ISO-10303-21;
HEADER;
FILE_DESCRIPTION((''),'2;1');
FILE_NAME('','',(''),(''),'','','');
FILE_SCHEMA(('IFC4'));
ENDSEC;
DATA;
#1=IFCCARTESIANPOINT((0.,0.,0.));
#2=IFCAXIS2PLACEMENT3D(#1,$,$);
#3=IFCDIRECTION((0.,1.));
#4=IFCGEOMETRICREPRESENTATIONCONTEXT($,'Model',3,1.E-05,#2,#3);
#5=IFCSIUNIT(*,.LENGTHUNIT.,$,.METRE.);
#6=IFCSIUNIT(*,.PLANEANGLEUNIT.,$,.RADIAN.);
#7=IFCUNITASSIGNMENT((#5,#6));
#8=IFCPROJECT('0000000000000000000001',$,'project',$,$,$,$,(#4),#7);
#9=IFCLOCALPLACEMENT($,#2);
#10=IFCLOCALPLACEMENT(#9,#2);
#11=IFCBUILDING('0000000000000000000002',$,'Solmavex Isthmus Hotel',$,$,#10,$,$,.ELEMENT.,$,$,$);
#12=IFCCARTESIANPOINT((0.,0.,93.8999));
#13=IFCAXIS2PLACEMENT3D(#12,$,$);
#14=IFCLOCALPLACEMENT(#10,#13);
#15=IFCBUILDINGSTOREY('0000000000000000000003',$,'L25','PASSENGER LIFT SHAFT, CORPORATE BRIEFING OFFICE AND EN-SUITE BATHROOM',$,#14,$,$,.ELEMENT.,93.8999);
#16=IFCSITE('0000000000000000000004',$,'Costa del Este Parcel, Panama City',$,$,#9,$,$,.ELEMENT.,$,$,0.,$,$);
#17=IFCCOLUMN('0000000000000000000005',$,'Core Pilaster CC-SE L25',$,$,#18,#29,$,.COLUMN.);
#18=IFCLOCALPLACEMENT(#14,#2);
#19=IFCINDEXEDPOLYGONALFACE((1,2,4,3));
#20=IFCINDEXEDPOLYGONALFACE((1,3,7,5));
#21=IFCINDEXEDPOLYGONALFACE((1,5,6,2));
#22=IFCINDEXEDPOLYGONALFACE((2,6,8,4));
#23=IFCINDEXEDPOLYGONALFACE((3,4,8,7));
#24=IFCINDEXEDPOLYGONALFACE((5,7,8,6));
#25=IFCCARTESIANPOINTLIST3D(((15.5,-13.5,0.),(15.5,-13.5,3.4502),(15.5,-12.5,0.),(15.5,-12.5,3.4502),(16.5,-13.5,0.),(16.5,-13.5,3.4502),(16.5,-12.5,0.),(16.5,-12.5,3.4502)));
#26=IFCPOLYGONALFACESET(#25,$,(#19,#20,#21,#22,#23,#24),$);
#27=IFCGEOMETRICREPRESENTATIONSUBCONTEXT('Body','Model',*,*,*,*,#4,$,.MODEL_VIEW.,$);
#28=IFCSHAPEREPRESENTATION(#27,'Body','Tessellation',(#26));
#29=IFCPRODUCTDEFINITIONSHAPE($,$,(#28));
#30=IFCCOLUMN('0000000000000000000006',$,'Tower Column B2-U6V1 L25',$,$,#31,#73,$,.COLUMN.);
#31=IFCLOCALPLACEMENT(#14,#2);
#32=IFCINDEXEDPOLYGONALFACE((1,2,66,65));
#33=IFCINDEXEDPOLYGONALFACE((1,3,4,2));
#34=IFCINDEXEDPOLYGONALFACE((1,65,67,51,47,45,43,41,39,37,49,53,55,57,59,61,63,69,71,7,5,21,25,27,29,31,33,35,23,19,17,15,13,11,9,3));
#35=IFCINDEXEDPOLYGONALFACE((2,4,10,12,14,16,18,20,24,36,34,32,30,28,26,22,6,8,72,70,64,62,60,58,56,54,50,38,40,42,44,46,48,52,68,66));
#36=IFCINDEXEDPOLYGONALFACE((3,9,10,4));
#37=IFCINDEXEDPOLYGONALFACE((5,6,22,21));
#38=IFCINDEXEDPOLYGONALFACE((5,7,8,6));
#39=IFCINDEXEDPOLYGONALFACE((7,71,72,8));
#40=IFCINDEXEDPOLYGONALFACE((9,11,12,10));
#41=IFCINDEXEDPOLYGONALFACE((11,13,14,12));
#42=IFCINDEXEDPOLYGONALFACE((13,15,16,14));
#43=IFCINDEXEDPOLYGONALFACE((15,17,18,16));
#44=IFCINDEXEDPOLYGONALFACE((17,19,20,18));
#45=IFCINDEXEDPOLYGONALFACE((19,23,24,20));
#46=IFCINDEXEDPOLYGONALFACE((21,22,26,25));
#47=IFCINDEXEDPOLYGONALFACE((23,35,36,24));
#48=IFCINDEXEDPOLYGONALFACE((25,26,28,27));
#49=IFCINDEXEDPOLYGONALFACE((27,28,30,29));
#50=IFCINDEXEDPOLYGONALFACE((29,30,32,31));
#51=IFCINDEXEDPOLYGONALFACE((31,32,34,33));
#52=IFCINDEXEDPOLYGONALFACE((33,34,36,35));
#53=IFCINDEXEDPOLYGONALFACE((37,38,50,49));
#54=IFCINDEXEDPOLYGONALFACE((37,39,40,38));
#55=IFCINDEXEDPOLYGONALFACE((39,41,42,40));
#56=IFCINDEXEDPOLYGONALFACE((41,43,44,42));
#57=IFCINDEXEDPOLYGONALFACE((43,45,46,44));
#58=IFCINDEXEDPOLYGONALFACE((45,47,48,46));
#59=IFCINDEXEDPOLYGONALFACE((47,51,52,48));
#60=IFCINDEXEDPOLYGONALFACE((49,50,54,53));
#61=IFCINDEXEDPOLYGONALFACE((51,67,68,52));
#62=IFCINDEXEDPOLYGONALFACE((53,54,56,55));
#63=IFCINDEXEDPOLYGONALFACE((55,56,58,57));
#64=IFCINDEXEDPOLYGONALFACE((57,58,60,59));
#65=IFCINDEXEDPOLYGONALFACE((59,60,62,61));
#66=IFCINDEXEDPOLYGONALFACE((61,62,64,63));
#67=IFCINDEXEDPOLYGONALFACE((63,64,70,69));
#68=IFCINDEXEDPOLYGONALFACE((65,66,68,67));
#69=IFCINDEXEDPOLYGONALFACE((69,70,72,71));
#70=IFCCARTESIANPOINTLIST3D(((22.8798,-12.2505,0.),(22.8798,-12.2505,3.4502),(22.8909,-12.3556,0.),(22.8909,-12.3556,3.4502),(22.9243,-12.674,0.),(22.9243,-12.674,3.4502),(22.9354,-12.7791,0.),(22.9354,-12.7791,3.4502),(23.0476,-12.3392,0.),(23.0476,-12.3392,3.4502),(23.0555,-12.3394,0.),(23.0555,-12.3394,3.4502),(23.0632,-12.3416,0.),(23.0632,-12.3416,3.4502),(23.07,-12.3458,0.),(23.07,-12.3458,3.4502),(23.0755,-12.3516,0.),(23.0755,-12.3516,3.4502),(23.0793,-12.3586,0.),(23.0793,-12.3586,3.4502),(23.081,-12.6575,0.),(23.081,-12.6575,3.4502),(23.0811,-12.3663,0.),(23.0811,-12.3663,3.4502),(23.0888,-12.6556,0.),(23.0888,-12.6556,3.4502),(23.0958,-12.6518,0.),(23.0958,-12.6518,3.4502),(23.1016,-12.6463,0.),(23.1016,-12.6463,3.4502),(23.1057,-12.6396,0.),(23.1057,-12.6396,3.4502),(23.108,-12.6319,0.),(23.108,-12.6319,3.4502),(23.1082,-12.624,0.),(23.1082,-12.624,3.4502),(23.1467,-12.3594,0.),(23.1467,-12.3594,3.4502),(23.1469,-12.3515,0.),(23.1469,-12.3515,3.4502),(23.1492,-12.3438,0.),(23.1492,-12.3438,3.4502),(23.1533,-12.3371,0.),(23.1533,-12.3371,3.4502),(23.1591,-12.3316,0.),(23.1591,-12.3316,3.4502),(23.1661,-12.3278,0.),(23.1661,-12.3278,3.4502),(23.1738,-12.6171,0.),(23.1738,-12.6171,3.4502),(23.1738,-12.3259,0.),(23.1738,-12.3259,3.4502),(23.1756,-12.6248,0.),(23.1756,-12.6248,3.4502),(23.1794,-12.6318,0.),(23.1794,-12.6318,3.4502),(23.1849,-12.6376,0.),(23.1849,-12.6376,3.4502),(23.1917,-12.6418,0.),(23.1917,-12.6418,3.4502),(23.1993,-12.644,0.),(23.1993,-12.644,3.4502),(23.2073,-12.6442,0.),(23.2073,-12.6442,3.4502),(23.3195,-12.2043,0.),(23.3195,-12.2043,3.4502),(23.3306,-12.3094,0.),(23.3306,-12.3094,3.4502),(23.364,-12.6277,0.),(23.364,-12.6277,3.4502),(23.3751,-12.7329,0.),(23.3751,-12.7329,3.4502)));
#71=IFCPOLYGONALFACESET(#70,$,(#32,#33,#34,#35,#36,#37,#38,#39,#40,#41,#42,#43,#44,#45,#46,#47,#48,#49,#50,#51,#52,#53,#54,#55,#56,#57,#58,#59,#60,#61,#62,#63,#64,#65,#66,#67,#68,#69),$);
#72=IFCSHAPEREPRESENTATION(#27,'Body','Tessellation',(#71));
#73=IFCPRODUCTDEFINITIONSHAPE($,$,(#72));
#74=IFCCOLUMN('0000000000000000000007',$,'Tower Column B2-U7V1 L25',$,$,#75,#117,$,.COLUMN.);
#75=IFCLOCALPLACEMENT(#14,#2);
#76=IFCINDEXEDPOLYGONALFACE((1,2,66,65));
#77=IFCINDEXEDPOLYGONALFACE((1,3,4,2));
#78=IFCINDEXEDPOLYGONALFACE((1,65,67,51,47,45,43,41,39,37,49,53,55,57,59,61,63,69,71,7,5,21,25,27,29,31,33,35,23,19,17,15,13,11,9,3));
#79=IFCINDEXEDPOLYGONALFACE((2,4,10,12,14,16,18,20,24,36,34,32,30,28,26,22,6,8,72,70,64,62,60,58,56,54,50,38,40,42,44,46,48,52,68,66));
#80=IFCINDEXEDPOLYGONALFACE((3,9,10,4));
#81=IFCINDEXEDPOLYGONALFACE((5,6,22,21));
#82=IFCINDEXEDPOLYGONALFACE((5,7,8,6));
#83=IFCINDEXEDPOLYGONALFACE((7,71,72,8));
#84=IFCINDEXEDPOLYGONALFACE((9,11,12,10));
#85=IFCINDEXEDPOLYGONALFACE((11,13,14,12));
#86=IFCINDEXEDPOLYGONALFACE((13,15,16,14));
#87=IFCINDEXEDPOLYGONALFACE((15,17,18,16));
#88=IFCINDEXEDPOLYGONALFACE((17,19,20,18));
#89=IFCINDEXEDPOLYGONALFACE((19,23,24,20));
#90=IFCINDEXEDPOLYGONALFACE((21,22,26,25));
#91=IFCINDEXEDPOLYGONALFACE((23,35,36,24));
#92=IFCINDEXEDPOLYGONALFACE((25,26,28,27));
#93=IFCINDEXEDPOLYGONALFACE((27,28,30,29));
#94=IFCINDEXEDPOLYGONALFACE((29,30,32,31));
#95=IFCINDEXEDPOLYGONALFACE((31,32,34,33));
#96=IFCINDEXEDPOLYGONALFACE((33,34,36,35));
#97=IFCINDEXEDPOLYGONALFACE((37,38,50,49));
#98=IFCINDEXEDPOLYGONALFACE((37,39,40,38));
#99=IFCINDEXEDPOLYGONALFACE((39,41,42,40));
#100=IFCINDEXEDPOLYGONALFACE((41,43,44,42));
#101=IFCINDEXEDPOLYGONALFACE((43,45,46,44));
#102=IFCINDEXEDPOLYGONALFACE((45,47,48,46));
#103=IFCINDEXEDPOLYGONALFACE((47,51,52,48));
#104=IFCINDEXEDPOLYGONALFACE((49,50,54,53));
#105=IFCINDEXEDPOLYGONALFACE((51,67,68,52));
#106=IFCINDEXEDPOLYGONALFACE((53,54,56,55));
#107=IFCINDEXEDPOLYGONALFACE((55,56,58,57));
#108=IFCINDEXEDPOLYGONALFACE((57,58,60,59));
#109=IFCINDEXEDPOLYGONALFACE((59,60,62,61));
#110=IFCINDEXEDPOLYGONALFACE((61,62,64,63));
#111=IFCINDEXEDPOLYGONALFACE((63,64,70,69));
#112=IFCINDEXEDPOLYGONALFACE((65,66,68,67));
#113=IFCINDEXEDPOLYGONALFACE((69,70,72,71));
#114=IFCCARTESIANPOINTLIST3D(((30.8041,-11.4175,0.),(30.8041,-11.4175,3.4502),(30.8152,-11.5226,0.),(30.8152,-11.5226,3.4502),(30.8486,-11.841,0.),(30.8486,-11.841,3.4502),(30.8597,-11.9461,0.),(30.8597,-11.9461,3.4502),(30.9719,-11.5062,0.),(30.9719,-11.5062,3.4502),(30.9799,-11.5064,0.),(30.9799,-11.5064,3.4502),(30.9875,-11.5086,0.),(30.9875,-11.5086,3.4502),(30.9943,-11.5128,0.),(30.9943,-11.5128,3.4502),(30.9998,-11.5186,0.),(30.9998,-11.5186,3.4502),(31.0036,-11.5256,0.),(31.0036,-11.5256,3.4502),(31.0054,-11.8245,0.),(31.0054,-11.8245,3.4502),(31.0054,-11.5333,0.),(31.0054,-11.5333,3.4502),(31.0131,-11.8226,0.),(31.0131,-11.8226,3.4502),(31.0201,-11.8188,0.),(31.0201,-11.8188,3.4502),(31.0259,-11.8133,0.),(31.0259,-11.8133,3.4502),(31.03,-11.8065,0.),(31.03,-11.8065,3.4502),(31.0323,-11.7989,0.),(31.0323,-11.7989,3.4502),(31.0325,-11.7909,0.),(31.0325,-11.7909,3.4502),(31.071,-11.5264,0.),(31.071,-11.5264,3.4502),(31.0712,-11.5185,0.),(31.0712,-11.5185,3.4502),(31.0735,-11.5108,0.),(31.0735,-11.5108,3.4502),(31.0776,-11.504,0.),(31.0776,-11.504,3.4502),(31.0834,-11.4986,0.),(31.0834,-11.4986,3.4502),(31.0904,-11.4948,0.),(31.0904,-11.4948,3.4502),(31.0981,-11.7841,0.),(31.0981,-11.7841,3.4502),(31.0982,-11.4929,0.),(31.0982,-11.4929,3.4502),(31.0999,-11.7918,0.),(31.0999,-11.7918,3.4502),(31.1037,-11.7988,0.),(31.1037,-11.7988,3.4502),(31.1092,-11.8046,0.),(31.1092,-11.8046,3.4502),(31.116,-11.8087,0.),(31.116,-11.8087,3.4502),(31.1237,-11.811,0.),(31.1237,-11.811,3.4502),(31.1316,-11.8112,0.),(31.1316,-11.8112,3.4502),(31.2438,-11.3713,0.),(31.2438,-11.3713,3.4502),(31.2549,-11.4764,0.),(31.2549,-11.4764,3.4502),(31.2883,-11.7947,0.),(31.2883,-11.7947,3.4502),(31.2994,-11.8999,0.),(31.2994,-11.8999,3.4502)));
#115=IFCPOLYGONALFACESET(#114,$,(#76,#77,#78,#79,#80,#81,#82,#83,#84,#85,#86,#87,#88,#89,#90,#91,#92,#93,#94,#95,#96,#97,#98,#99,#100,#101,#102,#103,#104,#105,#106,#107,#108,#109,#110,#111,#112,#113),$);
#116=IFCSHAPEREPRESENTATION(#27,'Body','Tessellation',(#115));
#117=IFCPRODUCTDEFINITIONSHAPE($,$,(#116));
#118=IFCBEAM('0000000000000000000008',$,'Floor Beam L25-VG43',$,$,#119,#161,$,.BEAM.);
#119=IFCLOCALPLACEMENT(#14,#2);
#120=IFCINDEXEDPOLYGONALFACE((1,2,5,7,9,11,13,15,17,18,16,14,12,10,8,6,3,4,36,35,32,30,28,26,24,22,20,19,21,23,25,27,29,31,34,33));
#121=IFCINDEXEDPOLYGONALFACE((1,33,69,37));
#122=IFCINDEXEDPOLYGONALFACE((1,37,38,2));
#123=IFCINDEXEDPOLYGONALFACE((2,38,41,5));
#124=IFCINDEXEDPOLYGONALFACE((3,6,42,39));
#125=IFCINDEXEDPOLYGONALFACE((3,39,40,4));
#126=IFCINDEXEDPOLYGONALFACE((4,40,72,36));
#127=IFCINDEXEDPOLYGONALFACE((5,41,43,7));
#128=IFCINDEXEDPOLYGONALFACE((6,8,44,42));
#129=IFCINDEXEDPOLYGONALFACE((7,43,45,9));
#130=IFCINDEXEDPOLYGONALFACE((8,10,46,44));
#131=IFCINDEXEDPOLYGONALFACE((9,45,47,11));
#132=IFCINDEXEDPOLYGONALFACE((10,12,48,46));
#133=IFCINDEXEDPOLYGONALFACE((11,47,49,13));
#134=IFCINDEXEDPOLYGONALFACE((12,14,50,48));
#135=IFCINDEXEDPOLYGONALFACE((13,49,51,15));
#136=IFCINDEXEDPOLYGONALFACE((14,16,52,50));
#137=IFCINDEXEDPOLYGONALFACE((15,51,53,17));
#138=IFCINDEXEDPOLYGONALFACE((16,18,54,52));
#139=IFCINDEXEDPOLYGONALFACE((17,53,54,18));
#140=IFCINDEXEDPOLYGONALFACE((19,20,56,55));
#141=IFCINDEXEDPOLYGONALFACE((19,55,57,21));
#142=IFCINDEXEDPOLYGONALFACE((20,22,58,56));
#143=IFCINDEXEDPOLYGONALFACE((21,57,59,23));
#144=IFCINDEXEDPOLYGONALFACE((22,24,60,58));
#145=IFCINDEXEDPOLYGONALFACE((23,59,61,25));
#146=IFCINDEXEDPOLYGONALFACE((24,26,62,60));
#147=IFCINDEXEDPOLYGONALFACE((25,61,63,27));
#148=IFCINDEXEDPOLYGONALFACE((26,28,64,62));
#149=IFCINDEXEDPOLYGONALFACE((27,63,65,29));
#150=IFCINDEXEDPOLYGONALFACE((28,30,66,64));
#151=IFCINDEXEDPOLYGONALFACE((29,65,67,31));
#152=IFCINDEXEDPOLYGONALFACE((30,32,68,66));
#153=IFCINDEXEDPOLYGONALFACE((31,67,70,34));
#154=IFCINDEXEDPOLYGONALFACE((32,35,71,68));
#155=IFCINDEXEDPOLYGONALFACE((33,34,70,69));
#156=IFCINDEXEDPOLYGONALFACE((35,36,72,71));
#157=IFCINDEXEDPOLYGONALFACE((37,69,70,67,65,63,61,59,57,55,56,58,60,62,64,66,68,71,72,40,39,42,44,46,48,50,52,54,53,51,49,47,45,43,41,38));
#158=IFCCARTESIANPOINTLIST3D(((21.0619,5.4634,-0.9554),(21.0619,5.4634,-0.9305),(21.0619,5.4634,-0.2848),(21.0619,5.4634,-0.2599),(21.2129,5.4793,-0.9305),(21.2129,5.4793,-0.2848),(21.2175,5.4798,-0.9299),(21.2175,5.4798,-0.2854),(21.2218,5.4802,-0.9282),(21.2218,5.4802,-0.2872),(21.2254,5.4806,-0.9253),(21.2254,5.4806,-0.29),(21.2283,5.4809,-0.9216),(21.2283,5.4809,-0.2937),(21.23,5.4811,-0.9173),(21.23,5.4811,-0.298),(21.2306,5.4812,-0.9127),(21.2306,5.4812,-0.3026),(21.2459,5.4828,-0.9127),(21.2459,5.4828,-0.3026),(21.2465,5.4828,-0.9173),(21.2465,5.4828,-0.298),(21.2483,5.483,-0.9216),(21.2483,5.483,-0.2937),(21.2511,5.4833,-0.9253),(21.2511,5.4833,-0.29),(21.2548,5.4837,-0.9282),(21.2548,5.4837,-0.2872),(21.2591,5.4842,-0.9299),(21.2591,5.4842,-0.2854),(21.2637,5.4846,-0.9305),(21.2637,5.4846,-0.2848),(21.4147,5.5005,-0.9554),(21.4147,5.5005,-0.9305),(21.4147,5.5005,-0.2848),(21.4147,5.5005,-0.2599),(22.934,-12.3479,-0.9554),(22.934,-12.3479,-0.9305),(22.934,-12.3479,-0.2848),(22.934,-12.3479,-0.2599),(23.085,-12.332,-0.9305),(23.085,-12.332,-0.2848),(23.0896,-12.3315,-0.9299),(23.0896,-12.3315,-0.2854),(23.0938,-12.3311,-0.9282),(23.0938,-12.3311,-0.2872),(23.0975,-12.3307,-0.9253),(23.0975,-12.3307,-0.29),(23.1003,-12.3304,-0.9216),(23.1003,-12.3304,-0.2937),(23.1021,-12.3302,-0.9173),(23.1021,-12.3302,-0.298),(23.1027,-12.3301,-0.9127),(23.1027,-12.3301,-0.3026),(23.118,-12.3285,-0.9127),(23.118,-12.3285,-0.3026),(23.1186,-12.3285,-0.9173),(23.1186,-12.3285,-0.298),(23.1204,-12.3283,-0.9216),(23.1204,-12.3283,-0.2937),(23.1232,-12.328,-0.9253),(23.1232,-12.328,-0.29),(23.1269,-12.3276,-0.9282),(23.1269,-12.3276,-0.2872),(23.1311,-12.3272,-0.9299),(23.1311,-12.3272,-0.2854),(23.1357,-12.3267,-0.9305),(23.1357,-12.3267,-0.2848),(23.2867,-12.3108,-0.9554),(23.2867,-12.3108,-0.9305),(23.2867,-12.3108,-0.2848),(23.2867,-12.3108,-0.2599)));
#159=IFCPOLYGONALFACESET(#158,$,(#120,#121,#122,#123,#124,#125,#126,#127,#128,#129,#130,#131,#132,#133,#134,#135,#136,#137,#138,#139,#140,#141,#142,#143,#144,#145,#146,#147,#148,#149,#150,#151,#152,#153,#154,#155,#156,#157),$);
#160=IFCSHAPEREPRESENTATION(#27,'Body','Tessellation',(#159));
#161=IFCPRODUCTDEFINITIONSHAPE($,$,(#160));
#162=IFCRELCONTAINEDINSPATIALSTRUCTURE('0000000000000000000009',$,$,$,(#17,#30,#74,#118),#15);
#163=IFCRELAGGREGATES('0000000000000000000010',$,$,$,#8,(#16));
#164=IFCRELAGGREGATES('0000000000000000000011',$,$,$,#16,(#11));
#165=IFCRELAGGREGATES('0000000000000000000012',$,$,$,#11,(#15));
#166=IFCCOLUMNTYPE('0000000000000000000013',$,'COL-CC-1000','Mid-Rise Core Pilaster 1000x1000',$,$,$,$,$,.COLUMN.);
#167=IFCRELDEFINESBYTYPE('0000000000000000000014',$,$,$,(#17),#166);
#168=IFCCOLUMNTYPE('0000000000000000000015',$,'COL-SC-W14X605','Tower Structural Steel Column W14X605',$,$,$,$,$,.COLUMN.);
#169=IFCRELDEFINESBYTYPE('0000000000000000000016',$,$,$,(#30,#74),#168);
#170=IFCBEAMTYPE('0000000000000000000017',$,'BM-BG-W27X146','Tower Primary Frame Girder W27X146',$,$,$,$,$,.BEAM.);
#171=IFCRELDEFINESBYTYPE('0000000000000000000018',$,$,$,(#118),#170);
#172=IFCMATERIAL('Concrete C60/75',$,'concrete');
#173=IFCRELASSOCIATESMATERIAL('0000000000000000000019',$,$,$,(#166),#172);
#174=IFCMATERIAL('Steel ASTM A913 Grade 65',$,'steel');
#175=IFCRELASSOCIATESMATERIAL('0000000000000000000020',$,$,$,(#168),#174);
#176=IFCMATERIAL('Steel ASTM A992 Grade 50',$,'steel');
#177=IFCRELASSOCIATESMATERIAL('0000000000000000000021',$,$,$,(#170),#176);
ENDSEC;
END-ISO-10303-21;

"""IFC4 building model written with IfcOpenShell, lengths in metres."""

from ifc_helpers import new_model, si_unit, direction, frame, origin, origin_2d, place, context, subcontext, project, spatial, rectangle, i_section, extrude, material, material_profile, profile_set, type_object, element, save


model = new_model("IFC4")

# Units and contexts
model_context = context("Model", 3, precision=1e-05, world=origin(), true_north=direction((0.0, 1.0)))
body_context = subcontext(model_context, "Body", "Model", "MODEL_VIEW")
ifc_project = project(units=[si_unit("LENGTHUNIT", "METRE"), si_unit("PLANEANGLEUNIT", "RADIAN")], contexts=[model_context])

# Site, building, storey
site_placement = place(None, origin())
site = spatial("IfcSite", under=ifc_project, at=site_placement, Name="Costa del Este Parcel, Panama City", CompositionType="ELEMENT", RefElevation=0.0)
building_placement = place(site_placement, origin())
building = spatial("IfcBuilding", under=site, at=building_placement, Name="Solmavex Isthmus Hotel", CompositionType="ELEMENT")
storey_placement = place(building_placement, frame((0.0, 0.0, 93.8999)))
storey = spatial("IfcBuildingStorey", under=building, at=storey_placement, Name="L25", Description="PASSENGER LIFT SHAFT, CORPORATE BRIEFING OFFICE AND EN-SUITE BATHROOM", CompositionType="ELEMENT", Elevation=93.8999)

# Columns
ifc_material_1 = material(Name="Concrete C60/75", Category="concrete")
ifc_material_profile_1 = material_profile(ifc_material_1, rectangle(XDim=1.0, YDim=1.0, at=origin_2d()), Name="RC1000X1000")
ifc_profile_set_1 = profile_set([ifc_material_profile_1], Name="Concrete C60/75")
column_type_1 = type_object("IfcColumnType", Name="COL-CC-1000", Description="Mid-Rise Core Pilaster 1000x1000", PredefinedType="COLUMN", material=ifc_profile_set_1)
column_placement = place(storey_placement, frame((16.0, -13.0, 0.0), z_axis=(0.0, 0.0, 1.0), x_axis=(1.0, 0.0, 0.0)))
element("IfcColumn", 1, at=column_placement, inside=storey, type_object=column_type_1, Name="Core Pilaster CC-SE L25", PredefinedType="COLUMN", context=body_context, shape_type="SweptSolid", body=[
    extrude(rectangle(XDim=1.0, YDim=1.0, at=origin_2d()), origin(), (0.0, 0.0, 1.0), 3.4502),
])
ifc_material_2 = material(Name="Steel ASTM A913 Grade 65", Category="steel")
ifc_material_profile_2 = material_profile(ifc_material_2, i_section(OverallWidth=0.4421, OverallDepth=0.5315, WebThickness=0.0659, FlangeThickness=0.1057, FilletRadius=0.0305, at=origin_2d()), Name="W14X605")
ifc_profile_set_2 = profile_set([ifc_material_profile_2], Name="Steel ASTM A913 Grade 65")
column_type_2 = type_object("IfcColumnType", Name="COL-SC-W14X605", Description="Tower Structural Steel Column W14X605", PredefinedType="COLUMN", material=ifc_profile_set_2)
for number, where, z_axis, x_axis, name in (
    (2, (23.1274, -12.4917, 0.0), (0.0, 0.0, 1.0), (0.994522, 0.104528, 0.0), "Tower Column B2-U6V1 L25"),
    (3, (31.0518, -11.6587, 0.0), (0.0, 0.0, 1.0), (0.994522, 0.104528, 0.0), "Tower Column B2-U7V1 L25"),
):
    element("IfcColumn", number, at=place(storey_placement, frame(where, z_axis=z_axis, x_axis=x_axis)), inside=storey, type_object=column_type_2, Name=name, PredefinedType="COLUMN", context=body_context, shape_type="SweptSolid", body=[
        extrude(i_section(OverallWidth=0.4421, OverallDepth=0.5315, WebThickness=0.0659, FlangeThickness=0.1057, FilletRadius=0.0305, at=origin_2d()), origin(), (0.0, 0.0, 1.0), 3.4502),
    ])

# Beam
ifc_material_3 = material(Name="Steel ASTM A992 Grade 50", Category="steel")
ifc_material_profile_3 = material_profile(ifc_material_3, i_section(OverallWidth=0.3547, OverallDepth=0.6956, WebThickness=0.0154, FlangeThickness=0.0249, FilletRadius=0.0178, at=origin_2d()), Name="W27X146")
ifc_profile_set_3 = profile_set([ifc_material_profile_3], Name="Steel ASTM A992 Grade 50")
beam_type_1 = type_object("IfcBeamType", Name="BM-BG-W27X146", Description="Tower Primary Frame Girder W27X146", PredefinedType="BEAM", material=ifc_profile_set_3)
beam_1_placement = place(storey_placement, frame((23.1104, -12.3293, -0.6077), z_axis=(-0.10453, 0.994522, 0.0), x_axis=(-0.994522, -0.10453, 0.0)))
element("IfcBeam", 4, at=beam_1_placement, inside=storey, type_object=beam_type_1, Name="Floor Beam L25-VG43", PredefinedType="BEAM", context=body_context, shape_type="SweptSolid", body=[
    extrude(i_section(OverallWidth=0.3547, OverallDepth=0.6956, WebThickness=0.0154, FlangeThickness=0.0249, FilletRadius=0.0178, at=origin_2d()), origin(), (0.0, 0.0, 1.0), 17.9094),
])

save(model, "model.ifc")
